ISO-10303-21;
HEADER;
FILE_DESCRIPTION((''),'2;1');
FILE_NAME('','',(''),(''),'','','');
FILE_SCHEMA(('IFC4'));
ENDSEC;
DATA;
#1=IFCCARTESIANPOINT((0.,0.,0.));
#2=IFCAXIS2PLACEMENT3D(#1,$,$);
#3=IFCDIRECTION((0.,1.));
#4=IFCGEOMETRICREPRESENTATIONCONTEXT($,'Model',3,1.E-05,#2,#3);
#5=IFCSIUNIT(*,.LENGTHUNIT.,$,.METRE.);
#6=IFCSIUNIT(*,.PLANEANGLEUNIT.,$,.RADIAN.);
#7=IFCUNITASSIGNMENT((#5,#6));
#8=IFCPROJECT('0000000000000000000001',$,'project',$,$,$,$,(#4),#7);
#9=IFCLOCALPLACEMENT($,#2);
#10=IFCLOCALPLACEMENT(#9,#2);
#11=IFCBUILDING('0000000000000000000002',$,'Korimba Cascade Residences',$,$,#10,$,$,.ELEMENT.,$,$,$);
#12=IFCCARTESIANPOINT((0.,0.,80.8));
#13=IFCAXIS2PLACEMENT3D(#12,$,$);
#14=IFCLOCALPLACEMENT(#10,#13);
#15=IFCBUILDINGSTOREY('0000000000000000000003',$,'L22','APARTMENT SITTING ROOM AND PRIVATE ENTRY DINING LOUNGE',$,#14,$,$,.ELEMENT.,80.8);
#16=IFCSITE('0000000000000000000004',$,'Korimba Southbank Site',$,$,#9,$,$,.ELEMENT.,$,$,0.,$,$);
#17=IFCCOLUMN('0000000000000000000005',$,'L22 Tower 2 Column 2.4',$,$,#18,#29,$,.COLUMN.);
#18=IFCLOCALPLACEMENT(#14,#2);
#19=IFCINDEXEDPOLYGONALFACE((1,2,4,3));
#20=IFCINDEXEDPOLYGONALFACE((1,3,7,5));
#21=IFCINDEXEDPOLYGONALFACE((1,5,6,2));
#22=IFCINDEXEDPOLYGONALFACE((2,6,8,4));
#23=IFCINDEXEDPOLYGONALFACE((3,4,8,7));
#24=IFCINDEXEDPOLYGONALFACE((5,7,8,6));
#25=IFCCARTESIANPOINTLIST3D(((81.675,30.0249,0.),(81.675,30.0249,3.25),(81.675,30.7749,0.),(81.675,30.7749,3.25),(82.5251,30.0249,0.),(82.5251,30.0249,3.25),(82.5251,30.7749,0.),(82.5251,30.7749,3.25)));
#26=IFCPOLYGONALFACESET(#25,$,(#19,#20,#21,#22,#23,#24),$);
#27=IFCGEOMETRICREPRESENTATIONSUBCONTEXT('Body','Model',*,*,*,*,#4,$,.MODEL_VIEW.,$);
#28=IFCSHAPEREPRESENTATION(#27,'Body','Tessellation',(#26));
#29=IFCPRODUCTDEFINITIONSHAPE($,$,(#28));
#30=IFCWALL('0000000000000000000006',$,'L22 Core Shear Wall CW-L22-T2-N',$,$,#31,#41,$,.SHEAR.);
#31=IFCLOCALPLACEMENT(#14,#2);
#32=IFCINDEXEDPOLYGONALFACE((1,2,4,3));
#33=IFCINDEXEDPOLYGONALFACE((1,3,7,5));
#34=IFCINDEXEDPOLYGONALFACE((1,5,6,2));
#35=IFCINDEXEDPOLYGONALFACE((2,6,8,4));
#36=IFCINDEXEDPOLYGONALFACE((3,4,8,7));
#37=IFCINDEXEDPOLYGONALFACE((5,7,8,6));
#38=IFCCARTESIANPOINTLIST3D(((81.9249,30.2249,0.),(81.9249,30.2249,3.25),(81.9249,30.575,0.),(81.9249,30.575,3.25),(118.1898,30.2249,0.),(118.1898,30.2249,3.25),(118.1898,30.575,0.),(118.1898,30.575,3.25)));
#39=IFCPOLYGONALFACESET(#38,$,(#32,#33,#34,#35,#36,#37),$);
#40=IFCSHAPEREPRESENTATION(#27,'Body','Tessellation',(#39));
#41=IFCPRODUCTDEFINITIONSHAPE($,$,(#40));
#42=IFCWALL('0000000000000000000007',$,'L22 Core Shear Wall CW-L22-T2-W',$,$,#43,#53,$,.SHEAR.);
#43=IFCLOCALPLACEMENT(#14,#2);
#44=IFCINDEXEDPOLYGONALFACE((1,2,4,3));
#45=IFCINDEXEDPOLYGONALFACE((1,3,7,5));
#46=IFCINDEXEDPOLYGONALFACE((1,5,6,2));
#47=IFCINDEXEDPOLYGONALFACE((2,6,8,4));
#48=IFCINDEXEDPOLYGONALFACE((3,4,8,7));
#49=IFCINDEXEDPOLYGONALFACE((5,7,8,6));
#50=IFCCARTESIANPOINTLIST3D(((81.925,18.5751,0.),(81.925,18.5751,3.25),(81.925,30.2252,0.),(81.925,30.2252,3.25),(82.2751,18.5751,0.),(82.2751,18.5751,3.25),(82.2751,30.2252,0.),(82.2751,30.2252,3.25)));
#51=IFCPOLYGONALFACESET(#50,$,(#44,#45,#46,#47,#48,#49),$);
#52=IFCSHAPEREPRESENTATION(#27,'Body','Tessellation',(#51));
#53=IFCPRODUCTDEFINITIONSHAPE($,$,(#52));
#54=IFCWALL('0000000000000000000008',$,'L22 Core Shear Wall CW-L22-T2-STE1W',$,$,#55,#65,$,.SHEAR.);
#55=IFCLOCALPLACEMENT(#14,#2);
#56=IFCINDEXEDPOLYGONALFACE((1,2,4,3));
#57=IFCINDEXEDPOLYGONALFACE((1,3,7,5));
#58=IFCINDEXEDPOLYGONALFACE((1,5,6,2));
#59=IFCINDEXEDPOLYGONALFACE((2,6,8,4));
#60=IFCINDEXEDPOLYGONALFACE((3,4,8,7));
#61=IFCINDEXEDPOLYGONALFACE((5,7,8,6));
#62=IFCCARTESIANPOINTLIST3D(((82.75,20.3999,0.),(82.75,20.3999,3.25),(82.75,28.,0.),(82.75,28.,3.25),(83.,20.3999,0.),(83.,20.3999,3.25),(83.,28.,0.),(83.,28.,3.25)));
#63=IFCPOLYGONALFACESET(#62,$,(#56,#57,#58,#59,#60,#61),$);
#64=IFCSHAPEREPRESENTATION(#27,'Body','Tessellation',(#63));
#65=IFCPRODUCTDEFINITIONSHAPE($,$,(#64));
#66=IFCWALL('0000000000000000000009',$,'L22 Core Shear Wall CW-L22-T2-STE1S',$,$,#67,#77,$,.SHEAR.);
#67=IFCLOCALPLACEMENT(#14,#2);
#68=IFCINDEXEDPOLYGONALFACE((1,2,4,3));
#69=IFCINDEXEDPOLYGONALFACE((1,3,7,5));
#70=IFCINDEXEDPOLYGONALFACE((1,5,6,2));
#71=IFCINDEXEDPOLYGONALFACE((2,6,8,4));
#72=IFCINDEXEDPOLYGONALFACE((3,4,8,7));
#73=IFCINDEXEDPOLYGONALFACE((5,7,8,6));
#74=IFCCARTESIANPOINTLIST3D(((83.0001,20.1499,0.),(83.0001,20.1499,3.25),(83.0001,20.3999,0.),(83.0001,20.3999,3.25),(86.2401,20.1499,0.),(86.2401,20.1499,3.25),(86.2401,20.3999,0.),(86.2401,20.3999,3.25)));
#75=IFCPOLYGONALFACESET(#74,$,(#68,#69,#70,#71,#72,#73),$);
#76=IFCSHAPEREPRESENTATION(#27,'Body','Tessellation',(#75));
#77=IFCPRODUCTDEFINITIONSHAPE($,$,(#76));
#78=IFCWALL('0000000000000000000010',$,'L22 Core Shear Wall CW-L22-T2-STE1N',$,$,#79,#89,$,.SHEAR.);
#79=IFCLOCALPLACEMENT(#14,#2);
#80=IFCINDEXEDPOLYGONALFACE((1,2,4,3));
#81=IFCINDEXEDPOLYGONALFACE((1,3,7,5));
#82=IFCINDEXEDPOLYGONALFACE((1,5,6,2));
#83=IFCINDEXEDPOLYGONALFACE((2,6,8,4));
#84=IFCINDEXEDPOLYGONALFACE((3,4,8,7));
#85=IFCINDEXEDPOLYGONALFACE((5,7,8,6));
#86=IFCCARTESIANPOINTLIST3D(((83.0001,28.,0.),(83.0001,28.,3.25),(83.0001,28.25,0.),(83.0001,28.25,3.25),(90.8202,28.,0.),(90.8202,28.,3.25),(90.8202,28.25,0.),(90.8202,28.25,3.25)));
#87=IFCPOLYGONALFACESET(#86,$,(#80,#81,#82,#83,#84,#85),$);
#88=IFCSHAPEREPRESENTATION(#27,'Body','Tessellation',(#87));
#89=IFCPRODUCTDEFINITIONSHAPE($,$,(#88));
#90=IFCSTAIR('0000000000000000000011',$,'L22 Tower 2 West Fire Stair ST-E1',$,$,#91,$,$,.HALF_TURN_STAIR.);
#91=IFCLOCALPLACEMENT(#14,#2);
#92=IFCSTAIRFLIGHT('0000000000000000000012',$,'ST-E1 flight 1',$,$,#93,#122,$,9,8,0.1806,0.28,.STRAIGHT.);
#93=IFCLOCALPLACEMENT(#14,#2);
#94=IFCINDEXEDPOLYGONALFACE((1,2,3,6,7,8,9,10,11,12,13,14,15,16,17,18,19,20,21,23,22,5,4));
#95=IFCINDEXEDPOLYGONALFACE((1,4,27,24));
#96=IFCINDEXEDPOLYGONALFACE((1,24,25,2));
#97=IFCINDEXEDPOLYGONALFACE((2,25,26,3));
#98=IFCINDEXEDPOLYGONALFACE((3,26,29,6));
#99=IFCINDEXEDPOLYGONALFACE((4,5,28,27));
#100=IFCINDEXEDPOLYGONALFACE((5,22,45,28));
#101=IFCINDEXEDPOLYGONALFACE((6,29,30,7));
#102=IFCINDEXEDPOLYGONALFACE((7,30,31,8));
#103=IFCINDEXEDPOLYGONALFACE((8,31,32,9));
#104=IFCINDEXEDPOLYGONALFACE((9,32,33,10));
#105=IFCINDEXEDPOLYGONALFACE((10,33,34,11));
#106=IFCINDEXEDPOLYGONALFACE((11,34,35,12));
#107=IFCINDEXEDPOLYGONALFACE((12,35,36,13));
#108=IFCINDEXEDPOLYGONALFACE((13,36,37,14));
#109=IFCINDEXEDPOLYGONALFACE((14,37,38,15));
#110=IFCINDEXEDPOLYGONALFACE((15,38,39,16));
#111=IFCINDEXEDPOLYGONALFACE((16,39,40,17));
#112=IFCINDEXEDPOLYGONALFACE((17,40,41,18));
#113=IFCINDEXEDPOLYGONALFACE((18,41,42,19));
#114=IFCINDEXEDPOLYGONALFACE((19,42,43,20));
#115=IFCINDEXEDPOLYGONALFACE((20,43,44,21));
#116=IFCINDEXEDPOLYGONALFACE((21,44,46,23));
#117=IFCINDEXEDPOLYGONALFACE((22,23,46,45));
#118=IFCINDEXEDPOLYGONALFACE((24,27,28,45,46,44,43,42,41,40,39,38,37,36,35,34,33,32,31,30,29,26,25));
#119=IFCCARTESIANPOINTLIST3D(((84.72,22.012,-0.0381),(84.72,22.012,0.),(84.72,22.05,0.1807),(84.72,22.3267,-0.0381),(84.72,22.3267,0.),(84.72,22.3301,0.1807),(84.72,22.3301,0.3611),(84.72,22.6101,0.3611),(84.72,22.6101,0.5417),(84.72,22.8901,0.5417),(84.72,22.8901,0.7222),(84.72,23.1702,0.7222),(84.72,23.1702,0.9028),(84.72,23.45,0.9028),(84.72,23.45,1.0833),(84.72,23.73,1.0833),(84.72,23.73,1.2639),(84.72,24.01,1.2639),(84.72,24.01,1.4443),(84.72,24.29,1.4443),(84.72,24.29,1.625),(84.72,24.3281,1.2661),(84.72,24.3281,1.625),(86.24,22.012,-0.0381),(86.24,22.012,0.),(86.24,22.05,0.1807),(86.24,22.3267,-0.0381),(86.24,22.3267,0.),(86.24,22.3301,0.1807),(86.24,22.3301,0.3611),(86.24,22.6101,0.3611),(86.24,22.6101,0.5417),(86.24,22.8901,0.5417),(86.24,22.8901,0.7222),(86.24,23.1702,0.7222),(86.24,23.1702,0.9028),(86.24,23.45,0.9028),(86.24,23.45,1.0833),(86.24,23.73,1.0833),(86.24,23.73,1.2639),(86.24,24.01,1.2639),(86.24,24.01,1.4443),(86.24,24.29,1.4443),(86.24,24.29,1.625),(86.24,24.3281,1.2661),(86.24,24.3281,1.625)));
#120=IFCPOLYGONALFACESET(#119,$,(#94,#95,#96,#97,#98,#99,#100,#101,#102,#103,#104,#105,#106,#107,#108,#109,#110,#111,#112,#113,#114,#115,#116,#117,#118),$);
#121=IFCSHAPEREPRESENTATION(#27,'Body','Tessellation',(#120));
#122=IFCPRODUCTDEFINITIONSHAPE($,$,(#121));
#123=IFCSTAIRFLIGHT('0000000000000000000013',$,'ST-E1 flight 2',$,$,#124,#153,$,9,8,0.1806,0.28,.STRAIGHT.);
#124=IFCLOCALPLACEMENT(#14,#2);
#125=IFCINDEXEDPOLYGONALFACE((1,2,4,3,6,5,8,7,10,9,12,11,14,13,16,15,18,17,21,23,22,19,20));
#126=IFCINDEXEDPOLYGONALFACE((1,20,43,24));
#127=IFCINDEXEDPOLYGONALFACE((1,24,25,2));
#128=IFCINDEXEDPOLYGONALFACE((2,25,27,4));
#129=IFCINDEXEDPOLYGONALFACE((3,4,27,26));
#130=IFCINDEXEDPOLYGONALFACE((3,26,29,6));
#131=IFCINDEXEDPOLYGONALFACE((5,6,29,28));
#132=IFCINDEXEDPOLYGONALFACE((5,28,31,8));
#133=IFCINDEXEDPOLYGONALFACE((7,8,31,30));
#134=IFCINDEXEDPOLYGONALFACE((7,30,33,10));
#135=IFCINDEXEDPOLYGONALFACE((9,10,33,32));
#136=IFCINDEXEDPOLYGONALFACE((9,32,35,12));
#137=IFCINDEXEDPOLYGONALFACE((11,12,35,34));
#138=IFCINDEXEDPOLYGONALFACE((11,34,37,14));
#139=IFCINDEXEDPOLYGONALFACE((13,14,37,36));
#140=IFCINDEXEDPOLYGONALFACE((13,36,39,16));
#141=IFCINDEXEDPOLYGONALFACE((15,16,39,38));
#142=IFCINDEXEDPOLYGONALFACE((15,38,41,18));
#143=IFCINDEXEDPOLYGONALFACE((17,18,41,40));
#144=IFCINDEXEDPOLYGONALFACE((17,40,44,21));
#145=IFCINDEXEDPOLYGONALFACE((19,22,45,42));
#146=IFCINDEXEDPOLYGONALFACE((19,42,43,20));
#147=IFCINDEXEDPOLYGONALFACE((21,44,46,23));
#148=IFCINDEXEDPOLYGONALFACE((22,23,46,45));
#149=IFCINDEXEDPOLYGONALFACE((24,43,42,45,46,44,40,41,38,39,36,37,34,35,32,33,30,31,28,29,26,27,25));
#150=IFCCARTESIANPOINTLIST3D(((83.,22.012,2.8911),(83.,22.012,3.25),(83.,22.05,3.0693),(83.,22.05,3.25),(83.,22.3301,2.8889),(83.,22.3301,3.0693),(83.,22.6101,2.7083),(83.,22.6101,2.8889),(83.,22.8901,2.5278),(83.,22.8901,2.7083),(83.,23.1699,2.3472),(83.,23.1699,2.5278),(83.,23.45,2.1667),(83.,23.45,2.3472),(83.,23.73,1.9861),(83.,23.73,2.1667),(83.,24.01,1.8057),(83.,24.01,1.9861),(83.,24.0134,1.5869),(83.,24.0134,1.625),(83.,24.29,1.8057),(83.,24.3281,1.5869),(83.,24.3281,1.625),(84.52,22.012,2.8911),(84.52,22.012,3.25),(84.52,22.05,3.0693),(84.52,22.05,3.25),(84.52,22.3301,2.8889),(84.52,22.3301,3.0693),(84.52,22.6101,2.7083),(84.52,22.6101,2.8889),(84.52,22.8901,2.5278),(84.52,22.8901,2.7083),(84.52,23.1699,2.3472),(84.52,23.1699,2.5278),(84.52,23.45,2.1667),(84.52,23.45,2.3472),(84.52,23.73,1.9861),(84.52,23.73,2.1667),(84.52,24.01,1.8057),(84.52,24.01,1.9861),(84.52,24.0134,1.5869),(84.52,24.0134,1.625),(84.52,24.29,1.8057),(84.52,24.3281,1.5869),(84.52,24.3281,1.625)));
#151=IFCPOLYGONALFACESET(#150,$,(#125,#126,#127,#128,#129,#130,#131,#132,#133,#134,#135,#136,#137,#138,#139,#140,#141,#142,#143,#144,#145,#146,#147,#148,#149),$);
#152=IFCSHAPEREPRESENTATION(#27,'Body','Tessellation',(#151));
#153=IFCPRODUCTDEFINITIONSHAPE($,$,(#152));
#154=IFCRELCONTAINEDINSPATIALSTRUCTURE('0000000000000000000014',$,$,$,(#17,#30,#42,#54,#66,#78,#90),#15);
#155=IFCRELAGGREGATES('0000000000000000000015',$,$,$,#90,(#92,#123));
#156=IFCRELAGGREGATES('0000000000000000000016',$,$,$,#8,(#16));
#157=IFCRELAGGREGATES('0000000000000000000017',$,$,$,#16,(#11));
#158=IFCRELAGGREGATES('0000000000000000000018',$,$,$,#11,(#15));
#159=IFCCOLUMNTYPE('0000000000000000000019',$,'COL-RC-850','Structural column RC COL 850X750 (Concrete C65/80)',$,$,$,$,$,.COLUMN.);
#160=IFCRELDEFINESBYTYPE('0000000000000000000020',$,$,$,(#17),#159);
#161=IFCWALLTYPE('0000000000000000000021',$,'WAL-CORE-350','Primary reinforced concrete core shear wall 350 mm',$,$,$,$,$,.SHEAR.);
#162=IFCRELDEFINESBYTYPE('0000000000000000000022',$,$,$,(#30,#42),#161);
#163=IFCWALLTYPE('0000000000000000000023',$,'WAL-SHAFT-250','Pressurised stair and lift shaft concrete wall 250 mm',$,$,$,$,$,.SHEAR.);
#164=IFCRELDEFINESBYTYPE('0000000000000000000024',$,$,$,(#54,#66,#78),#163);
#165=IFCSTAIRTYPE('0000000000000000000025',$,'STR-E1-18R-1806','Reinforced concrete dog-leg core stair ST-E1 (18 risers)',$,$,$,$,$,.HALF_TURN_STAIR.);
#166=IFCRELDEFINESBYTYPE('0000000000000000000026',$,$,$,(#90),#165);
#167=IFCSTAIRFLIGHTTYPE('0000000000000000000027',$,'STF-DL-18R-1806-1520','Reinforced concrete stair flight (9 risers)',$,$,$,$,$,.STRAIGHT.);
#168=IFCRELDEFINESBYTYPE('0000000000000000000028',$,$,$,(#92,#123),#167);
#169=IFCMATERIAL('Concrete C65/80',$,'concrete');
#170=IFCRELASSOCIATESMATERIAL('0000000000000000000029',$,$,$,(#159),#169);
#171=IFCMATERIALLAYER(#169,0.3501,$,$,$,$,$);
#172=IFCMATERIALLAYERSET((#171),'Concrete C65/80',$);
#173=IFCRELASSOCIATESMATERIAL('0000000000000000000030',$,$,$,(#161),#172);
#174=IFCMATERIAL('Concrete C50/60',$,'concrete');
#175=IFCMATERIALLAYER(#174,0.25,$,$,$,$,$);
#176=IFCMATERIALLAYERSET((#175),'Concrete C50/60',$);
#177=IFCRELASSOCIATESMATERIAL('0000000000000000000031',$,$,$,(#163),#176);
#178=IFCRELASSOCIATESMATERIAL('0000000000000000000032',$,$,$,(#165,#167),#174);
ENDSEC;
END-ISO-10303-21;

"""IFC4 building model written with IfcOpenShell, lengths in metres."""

from ifc_helpers import new_model, si_unit, direction, frame, frame_2d, origin, origin_2d, place, context, subcontext, project, spatial, polyline, rectangle, outline, extrude, material, layer, layer_set, material_profile, profile_set, type_object, element, aggregate, save


model = new_model("IFC4")

# Units and contexts
model_context = context("Model", 3, precision=1e-05, world=origin(), true_north=direction((0.0, 1.0)))
body_context = subcontext(model_context, "Body", "Model", "MODEL_VIEW")
ifc_project = project(units=[si_unit("LENGTHUNIT", "METRE"), si_unit("PLANEANGLEUNIT", "RADIAN")], contexts=[model_context])

# Site, building, storey
site_placement = place(None, origin())
site = spatial("IfcSite", under=ifc_project, at=site_placement, Name="Korimba Southbank Site", CompositionType="ELEMENT", RefElevation=0.0)
building_placement = place(site_placement, origin())
building = spatial("IfcBuilding", under=site, at=building_placement, Name="Korimba Cascade Residences", CompositionType="ELEMENT")
storey_placement = place(building_placement, frame((0.0, 0.0, 80.8)))
storey = spatial("IfcBuildingStorey", under=building, at=storey_placement, Name="L22", Description="APARTMENT SITTING ROOM AND PRIVATE ENTRY DINING LOUNGE", CompositionType="ELEMENT", Elevation=80.8)

# Column
ifc_material_1 = material(Name="Concrete C65/80", Category="concrete")
ifc_material_profile = material_profile(ifc_material_1, rectangle(XDim=0.8501, YDim=0.75, at=origin_2d()), Name="Concrete C65/80")
ifc_profile_set = profile_set([ifc_material_profile], Name="Concrete C65/80")
column_type = type_object("IfcColumnType", Name="COL-RC-850", Description="Structural column RC COL 850X750 (Concrete C65/80)", PredefinedType="COLUMN", material=ifc_profile_set)
column_placement = place(storey_placement, frame((82.1001, 30.3999, 0.0), z_axis=(0.0, 0.0, 1.0), x_axis=(1.0, 0.0, 0.0)))
element("IfcColumn", 1, at=column_placement, inside=storey, type_object=column_type, Name="L22 Tower 2 Column 2.4", PredefinedType="COLUMN", context=body_context, shape_type="SweptSolid", body=[
    extrude(rectangle(XDim=0.8501, YDim=0.75, at=origin_2d()), origin(), (0.0, 0.0, 1.0), 3.25),
])

# Walls
ifc_layer_1 = layer(ifc_material_1, 0.3501)
ifc_layer_set_1 = layer_set([ifc_layer_1], Name="Concrete C65/80")
wall_type_1 = type_object("IfcWallType", Name="WAL-CORE-350", Description="Primary reinforced concrete core shear wall 350 mm", PredefinedType="SHEAR", material=ifc_layer_set_1)
wall_1_placement = place(storey_placement, frame((81.925, 30.3999, 0.0), z_axis=(0.0, 0.0, 1.0), x_axis=(1.0, 0.0, 0.0)))
element("IfcWall", 2, at=wall_1_placement, inside=storey, type_object=wall_type_1, Name="L22 Core Shear Wall CW-L22-T2-N", PredefinedType="SHEAR", context=body_context, shape_type="SweptSolid", body=[
    extrude(rectangle(XDim=36.2649, YDim=0.3501, at=frame_2d((18.1323, 0.0))), origin(), (0.0, 0.0, 1.0), 3.25),
])
wall_2_placement = place(storey_placement, frame((82.1001, 18.575, 0.0), z_axis=(0.0, 0.0, 1.0), x_axis=(0.0, 1.0, 0.0)))
element("IfcWall", 3, at=wall_2_placement, inside=storey, type_object=wall_type_1, Name="L22 Core Shear Wall CW-L22-T2-W", PredefinedType="SHEAR", context=body_context, shape_type="SweptSolid", body=[
    extrude(rectangle(XDim=11.6501, YDim=0.3501, at=frame_2d((5.8252, 0.0))), origin(), (0.0, 0.0, 1.0), 3.25),
])
ifc_material_2 = material(Name="Concrete C50/60", Category="concrete")
ifc_layer_2 = layer(ifc_material_2, 0.25)
ifc_layer_set_2 = layer_set([ifc_layer_2], Name="Concrete C50/60")
wall_type_2 = type_object("IfcWallType", Name="WAL-SHAFT-250", Description="Pressurised stair and lift shaft concrete wall 250 mm", PredefinedType="SHEAR", material=ifc_layer_set_2)
wall_3_placement = place(storey_placement, frame((82.875, 20.3999, 0.0), z_axis=(0.0, 0.0, 1.0), x_axis=(0.0, 1.0, 0.0)))
element("IfcWall", 4, at=wall_3_placement, inside=storey, type_object=wall_type_2, Name="L22 Core Shear Wall CW-L22-T2-STE1W", PredefinedType="SHEAR", context=body_context, shape_type="SweptSolid", body=[
    extrude(rectangle(XDim=7.6001, YDim=0.25, at=frame_2d((3.8, 0.0))), origin(), (0.0, 0.0, 1.0), 3.25),
])
wall_4_placement = place(storey_placement, frame((83.0, 20.2749, 0.0), z_axis=(0.0, 0.0, 1.0), x_axis=(1.0, 0.0, 0.0)))
element("IfcWall", 5, at=wall_4_placement, inside=storey, type_object=wall_type_2, Name="L22 Core Shear Wall CW-L22-T2-STE1S", PredefinedType="SHEAR", context=body_context, shape_type="SweptSolid", body=[
    extrude(rectangle(XDim=3.24, YDim=0.25, at=frame_2d((1.6201, 0.0))), origin(), (0.0, 0.0, 1.0), 3.25),
])
wall_5_placement = place(storey_placement, frame((83.0, 28.125, 0.0), z_axis=(0.0, 0.0, 1.0), x_axis=(1.0, 0.0, 0.0)))
element("IfcWall", 6, at=wall_5_placement, inside=storey, type_object=wall_type_2, Name="L22 Core Shear Wall CW-L22-T2-STE1N", PredefinedType="SHEAR", context=body_context, shape_type="SweptSolid", body=[
    extrude(rectangle(XDim=7.8201, YDim=0.25, at=frame_2d((3.9102, 0.0))), origin(), (0.0, 0.0, 1.0), 3.25),
])

# Stair, stair flights
stair_type = type_object("IfcStairType", Name="STR-E1-18R-1806", Description="Reinforced concrete dog-leg core stair ST-E1 (18 risers)", PredefinedType="HALF_TURN_STAIR", material=ifc_material_2)
stair_placement = place(storey_placement, origin())
stair = element("IfcStair", 7, at=stair_placement, inside=storey, type_object=stair_type, Name="L22 Tower 2 West Fire Stair ST-E1", PredefinedType="HALF_TURN_STAIR")
stair_flight_type = type_object("IfcStairFlightType", Name="STF-DL-18R-1806-1520", Description="Reinforced concrete stair flight (9 risers)", PredefinedType="STRAIGHT", material=ifc_material_2)
stair_flight_1_placement = place(storey_placement, frame((85.48, 22.05, 0.0), z_axis=(0.0, 0.0, 1.0), x_axis=(0.0, 1.0, 0.0)))
stair_flight_1 = element("IfcStairFlight", 8, at=stair_flight_1_placement, type_object=stair_flight_type, Name="ST-E1 flight 1", NumberOfRisers=9, NumberOfTreads=8, PredefinedType="STRAIGHT", RiserHeight=0.1806, TreadLength=0.28, context=body_context, shape_type="SweptSolid", body=[
    extrude(outline(polyline([(-0.0381, 0.0), (0.0, 0.1807), (0.28, 0.1807), (0.28, 0.3611), (0.5601, 0.3611), (0.5601, 0.5417), (0.8401, 0.5417), (0.8401, 0.7222), (1.1201, 0.7222), (1.1201, 0.9028), (1.3999, 0.9028), (1.3999, 1.0833), (1.6799, 1.0833), (1.6799, 1.2639), (1.96, 1.2639), (1.96, 1.4443), (2.24, 1.4443), (2.24, 1.625), (2.2781, 1.625), (2.2781, 1.2661), (0.2766, 0.0), (0.2766, -0.0381), (-0.0381, -0.0381), (-0.0381, 0.0)])), frame((0.0, 0.76, 0.0), z_axis=(0.0, -1.0, 0.0), x_axis=(1.0, 0.0, 0.0)), (0.0, 0.0, 1.0), 1.52),
])
stair_flight_2_placement = place(storey_placement, frame((83.76, 24.29, 1.625), z_axis=(0.0, 0.0, 1.0), x_axis=(0.0, -1.0, 0.0)))
stair_flight_2 = element("IfcStairFlight", 9, at=stair_flight_2_placement, type_object=stair_flight_type, Name="ST-E1 flight 2", NumberOfRisers=9, NumberOfTreads=8, PredefinedType="STRAIGHT", RiserHeight=0.1806, TreadLength=0.28, context=body_context, shape_type="SweptSolid", body=[
    extrude(outline(polyline([(-0.0381, 0.0), (0.0, 0.1807), (0.28, 0.1807), (0.28, 0.3611), (0.5601, 0.3611), (0.5601, 0.5417), (0.8401, 0.5417), (0.8401, 0.7222), (1.1201, 0.7222), (1.1201, 0.9028), (1.3999, 0.9028), (1.3999, 1.0833), (1.6799, 1.0833), (1.6799, 1.2639), (1.96, 1.2639), (1.96, 1.4443), (2.24, 1.4443), (2.24, 1.625), (2.2781, 1.625), (2.2781, 1.2661), (0.2766, 0.0), (0.2766, -0.0381), (-0.0381, -0.0381), (-0.0381, 0.0)])), frame((0.0, 0.76, 0.0), z_axis=(0.0, -1.0, 0.0), x_axis=(1.0, 0.0, 0.0)), (0.0, 0.0, 1.0), 1.52),
])
aggregate(stair, [stair_flight_1, stair_flight_2])

save(model, "model.ifc")
